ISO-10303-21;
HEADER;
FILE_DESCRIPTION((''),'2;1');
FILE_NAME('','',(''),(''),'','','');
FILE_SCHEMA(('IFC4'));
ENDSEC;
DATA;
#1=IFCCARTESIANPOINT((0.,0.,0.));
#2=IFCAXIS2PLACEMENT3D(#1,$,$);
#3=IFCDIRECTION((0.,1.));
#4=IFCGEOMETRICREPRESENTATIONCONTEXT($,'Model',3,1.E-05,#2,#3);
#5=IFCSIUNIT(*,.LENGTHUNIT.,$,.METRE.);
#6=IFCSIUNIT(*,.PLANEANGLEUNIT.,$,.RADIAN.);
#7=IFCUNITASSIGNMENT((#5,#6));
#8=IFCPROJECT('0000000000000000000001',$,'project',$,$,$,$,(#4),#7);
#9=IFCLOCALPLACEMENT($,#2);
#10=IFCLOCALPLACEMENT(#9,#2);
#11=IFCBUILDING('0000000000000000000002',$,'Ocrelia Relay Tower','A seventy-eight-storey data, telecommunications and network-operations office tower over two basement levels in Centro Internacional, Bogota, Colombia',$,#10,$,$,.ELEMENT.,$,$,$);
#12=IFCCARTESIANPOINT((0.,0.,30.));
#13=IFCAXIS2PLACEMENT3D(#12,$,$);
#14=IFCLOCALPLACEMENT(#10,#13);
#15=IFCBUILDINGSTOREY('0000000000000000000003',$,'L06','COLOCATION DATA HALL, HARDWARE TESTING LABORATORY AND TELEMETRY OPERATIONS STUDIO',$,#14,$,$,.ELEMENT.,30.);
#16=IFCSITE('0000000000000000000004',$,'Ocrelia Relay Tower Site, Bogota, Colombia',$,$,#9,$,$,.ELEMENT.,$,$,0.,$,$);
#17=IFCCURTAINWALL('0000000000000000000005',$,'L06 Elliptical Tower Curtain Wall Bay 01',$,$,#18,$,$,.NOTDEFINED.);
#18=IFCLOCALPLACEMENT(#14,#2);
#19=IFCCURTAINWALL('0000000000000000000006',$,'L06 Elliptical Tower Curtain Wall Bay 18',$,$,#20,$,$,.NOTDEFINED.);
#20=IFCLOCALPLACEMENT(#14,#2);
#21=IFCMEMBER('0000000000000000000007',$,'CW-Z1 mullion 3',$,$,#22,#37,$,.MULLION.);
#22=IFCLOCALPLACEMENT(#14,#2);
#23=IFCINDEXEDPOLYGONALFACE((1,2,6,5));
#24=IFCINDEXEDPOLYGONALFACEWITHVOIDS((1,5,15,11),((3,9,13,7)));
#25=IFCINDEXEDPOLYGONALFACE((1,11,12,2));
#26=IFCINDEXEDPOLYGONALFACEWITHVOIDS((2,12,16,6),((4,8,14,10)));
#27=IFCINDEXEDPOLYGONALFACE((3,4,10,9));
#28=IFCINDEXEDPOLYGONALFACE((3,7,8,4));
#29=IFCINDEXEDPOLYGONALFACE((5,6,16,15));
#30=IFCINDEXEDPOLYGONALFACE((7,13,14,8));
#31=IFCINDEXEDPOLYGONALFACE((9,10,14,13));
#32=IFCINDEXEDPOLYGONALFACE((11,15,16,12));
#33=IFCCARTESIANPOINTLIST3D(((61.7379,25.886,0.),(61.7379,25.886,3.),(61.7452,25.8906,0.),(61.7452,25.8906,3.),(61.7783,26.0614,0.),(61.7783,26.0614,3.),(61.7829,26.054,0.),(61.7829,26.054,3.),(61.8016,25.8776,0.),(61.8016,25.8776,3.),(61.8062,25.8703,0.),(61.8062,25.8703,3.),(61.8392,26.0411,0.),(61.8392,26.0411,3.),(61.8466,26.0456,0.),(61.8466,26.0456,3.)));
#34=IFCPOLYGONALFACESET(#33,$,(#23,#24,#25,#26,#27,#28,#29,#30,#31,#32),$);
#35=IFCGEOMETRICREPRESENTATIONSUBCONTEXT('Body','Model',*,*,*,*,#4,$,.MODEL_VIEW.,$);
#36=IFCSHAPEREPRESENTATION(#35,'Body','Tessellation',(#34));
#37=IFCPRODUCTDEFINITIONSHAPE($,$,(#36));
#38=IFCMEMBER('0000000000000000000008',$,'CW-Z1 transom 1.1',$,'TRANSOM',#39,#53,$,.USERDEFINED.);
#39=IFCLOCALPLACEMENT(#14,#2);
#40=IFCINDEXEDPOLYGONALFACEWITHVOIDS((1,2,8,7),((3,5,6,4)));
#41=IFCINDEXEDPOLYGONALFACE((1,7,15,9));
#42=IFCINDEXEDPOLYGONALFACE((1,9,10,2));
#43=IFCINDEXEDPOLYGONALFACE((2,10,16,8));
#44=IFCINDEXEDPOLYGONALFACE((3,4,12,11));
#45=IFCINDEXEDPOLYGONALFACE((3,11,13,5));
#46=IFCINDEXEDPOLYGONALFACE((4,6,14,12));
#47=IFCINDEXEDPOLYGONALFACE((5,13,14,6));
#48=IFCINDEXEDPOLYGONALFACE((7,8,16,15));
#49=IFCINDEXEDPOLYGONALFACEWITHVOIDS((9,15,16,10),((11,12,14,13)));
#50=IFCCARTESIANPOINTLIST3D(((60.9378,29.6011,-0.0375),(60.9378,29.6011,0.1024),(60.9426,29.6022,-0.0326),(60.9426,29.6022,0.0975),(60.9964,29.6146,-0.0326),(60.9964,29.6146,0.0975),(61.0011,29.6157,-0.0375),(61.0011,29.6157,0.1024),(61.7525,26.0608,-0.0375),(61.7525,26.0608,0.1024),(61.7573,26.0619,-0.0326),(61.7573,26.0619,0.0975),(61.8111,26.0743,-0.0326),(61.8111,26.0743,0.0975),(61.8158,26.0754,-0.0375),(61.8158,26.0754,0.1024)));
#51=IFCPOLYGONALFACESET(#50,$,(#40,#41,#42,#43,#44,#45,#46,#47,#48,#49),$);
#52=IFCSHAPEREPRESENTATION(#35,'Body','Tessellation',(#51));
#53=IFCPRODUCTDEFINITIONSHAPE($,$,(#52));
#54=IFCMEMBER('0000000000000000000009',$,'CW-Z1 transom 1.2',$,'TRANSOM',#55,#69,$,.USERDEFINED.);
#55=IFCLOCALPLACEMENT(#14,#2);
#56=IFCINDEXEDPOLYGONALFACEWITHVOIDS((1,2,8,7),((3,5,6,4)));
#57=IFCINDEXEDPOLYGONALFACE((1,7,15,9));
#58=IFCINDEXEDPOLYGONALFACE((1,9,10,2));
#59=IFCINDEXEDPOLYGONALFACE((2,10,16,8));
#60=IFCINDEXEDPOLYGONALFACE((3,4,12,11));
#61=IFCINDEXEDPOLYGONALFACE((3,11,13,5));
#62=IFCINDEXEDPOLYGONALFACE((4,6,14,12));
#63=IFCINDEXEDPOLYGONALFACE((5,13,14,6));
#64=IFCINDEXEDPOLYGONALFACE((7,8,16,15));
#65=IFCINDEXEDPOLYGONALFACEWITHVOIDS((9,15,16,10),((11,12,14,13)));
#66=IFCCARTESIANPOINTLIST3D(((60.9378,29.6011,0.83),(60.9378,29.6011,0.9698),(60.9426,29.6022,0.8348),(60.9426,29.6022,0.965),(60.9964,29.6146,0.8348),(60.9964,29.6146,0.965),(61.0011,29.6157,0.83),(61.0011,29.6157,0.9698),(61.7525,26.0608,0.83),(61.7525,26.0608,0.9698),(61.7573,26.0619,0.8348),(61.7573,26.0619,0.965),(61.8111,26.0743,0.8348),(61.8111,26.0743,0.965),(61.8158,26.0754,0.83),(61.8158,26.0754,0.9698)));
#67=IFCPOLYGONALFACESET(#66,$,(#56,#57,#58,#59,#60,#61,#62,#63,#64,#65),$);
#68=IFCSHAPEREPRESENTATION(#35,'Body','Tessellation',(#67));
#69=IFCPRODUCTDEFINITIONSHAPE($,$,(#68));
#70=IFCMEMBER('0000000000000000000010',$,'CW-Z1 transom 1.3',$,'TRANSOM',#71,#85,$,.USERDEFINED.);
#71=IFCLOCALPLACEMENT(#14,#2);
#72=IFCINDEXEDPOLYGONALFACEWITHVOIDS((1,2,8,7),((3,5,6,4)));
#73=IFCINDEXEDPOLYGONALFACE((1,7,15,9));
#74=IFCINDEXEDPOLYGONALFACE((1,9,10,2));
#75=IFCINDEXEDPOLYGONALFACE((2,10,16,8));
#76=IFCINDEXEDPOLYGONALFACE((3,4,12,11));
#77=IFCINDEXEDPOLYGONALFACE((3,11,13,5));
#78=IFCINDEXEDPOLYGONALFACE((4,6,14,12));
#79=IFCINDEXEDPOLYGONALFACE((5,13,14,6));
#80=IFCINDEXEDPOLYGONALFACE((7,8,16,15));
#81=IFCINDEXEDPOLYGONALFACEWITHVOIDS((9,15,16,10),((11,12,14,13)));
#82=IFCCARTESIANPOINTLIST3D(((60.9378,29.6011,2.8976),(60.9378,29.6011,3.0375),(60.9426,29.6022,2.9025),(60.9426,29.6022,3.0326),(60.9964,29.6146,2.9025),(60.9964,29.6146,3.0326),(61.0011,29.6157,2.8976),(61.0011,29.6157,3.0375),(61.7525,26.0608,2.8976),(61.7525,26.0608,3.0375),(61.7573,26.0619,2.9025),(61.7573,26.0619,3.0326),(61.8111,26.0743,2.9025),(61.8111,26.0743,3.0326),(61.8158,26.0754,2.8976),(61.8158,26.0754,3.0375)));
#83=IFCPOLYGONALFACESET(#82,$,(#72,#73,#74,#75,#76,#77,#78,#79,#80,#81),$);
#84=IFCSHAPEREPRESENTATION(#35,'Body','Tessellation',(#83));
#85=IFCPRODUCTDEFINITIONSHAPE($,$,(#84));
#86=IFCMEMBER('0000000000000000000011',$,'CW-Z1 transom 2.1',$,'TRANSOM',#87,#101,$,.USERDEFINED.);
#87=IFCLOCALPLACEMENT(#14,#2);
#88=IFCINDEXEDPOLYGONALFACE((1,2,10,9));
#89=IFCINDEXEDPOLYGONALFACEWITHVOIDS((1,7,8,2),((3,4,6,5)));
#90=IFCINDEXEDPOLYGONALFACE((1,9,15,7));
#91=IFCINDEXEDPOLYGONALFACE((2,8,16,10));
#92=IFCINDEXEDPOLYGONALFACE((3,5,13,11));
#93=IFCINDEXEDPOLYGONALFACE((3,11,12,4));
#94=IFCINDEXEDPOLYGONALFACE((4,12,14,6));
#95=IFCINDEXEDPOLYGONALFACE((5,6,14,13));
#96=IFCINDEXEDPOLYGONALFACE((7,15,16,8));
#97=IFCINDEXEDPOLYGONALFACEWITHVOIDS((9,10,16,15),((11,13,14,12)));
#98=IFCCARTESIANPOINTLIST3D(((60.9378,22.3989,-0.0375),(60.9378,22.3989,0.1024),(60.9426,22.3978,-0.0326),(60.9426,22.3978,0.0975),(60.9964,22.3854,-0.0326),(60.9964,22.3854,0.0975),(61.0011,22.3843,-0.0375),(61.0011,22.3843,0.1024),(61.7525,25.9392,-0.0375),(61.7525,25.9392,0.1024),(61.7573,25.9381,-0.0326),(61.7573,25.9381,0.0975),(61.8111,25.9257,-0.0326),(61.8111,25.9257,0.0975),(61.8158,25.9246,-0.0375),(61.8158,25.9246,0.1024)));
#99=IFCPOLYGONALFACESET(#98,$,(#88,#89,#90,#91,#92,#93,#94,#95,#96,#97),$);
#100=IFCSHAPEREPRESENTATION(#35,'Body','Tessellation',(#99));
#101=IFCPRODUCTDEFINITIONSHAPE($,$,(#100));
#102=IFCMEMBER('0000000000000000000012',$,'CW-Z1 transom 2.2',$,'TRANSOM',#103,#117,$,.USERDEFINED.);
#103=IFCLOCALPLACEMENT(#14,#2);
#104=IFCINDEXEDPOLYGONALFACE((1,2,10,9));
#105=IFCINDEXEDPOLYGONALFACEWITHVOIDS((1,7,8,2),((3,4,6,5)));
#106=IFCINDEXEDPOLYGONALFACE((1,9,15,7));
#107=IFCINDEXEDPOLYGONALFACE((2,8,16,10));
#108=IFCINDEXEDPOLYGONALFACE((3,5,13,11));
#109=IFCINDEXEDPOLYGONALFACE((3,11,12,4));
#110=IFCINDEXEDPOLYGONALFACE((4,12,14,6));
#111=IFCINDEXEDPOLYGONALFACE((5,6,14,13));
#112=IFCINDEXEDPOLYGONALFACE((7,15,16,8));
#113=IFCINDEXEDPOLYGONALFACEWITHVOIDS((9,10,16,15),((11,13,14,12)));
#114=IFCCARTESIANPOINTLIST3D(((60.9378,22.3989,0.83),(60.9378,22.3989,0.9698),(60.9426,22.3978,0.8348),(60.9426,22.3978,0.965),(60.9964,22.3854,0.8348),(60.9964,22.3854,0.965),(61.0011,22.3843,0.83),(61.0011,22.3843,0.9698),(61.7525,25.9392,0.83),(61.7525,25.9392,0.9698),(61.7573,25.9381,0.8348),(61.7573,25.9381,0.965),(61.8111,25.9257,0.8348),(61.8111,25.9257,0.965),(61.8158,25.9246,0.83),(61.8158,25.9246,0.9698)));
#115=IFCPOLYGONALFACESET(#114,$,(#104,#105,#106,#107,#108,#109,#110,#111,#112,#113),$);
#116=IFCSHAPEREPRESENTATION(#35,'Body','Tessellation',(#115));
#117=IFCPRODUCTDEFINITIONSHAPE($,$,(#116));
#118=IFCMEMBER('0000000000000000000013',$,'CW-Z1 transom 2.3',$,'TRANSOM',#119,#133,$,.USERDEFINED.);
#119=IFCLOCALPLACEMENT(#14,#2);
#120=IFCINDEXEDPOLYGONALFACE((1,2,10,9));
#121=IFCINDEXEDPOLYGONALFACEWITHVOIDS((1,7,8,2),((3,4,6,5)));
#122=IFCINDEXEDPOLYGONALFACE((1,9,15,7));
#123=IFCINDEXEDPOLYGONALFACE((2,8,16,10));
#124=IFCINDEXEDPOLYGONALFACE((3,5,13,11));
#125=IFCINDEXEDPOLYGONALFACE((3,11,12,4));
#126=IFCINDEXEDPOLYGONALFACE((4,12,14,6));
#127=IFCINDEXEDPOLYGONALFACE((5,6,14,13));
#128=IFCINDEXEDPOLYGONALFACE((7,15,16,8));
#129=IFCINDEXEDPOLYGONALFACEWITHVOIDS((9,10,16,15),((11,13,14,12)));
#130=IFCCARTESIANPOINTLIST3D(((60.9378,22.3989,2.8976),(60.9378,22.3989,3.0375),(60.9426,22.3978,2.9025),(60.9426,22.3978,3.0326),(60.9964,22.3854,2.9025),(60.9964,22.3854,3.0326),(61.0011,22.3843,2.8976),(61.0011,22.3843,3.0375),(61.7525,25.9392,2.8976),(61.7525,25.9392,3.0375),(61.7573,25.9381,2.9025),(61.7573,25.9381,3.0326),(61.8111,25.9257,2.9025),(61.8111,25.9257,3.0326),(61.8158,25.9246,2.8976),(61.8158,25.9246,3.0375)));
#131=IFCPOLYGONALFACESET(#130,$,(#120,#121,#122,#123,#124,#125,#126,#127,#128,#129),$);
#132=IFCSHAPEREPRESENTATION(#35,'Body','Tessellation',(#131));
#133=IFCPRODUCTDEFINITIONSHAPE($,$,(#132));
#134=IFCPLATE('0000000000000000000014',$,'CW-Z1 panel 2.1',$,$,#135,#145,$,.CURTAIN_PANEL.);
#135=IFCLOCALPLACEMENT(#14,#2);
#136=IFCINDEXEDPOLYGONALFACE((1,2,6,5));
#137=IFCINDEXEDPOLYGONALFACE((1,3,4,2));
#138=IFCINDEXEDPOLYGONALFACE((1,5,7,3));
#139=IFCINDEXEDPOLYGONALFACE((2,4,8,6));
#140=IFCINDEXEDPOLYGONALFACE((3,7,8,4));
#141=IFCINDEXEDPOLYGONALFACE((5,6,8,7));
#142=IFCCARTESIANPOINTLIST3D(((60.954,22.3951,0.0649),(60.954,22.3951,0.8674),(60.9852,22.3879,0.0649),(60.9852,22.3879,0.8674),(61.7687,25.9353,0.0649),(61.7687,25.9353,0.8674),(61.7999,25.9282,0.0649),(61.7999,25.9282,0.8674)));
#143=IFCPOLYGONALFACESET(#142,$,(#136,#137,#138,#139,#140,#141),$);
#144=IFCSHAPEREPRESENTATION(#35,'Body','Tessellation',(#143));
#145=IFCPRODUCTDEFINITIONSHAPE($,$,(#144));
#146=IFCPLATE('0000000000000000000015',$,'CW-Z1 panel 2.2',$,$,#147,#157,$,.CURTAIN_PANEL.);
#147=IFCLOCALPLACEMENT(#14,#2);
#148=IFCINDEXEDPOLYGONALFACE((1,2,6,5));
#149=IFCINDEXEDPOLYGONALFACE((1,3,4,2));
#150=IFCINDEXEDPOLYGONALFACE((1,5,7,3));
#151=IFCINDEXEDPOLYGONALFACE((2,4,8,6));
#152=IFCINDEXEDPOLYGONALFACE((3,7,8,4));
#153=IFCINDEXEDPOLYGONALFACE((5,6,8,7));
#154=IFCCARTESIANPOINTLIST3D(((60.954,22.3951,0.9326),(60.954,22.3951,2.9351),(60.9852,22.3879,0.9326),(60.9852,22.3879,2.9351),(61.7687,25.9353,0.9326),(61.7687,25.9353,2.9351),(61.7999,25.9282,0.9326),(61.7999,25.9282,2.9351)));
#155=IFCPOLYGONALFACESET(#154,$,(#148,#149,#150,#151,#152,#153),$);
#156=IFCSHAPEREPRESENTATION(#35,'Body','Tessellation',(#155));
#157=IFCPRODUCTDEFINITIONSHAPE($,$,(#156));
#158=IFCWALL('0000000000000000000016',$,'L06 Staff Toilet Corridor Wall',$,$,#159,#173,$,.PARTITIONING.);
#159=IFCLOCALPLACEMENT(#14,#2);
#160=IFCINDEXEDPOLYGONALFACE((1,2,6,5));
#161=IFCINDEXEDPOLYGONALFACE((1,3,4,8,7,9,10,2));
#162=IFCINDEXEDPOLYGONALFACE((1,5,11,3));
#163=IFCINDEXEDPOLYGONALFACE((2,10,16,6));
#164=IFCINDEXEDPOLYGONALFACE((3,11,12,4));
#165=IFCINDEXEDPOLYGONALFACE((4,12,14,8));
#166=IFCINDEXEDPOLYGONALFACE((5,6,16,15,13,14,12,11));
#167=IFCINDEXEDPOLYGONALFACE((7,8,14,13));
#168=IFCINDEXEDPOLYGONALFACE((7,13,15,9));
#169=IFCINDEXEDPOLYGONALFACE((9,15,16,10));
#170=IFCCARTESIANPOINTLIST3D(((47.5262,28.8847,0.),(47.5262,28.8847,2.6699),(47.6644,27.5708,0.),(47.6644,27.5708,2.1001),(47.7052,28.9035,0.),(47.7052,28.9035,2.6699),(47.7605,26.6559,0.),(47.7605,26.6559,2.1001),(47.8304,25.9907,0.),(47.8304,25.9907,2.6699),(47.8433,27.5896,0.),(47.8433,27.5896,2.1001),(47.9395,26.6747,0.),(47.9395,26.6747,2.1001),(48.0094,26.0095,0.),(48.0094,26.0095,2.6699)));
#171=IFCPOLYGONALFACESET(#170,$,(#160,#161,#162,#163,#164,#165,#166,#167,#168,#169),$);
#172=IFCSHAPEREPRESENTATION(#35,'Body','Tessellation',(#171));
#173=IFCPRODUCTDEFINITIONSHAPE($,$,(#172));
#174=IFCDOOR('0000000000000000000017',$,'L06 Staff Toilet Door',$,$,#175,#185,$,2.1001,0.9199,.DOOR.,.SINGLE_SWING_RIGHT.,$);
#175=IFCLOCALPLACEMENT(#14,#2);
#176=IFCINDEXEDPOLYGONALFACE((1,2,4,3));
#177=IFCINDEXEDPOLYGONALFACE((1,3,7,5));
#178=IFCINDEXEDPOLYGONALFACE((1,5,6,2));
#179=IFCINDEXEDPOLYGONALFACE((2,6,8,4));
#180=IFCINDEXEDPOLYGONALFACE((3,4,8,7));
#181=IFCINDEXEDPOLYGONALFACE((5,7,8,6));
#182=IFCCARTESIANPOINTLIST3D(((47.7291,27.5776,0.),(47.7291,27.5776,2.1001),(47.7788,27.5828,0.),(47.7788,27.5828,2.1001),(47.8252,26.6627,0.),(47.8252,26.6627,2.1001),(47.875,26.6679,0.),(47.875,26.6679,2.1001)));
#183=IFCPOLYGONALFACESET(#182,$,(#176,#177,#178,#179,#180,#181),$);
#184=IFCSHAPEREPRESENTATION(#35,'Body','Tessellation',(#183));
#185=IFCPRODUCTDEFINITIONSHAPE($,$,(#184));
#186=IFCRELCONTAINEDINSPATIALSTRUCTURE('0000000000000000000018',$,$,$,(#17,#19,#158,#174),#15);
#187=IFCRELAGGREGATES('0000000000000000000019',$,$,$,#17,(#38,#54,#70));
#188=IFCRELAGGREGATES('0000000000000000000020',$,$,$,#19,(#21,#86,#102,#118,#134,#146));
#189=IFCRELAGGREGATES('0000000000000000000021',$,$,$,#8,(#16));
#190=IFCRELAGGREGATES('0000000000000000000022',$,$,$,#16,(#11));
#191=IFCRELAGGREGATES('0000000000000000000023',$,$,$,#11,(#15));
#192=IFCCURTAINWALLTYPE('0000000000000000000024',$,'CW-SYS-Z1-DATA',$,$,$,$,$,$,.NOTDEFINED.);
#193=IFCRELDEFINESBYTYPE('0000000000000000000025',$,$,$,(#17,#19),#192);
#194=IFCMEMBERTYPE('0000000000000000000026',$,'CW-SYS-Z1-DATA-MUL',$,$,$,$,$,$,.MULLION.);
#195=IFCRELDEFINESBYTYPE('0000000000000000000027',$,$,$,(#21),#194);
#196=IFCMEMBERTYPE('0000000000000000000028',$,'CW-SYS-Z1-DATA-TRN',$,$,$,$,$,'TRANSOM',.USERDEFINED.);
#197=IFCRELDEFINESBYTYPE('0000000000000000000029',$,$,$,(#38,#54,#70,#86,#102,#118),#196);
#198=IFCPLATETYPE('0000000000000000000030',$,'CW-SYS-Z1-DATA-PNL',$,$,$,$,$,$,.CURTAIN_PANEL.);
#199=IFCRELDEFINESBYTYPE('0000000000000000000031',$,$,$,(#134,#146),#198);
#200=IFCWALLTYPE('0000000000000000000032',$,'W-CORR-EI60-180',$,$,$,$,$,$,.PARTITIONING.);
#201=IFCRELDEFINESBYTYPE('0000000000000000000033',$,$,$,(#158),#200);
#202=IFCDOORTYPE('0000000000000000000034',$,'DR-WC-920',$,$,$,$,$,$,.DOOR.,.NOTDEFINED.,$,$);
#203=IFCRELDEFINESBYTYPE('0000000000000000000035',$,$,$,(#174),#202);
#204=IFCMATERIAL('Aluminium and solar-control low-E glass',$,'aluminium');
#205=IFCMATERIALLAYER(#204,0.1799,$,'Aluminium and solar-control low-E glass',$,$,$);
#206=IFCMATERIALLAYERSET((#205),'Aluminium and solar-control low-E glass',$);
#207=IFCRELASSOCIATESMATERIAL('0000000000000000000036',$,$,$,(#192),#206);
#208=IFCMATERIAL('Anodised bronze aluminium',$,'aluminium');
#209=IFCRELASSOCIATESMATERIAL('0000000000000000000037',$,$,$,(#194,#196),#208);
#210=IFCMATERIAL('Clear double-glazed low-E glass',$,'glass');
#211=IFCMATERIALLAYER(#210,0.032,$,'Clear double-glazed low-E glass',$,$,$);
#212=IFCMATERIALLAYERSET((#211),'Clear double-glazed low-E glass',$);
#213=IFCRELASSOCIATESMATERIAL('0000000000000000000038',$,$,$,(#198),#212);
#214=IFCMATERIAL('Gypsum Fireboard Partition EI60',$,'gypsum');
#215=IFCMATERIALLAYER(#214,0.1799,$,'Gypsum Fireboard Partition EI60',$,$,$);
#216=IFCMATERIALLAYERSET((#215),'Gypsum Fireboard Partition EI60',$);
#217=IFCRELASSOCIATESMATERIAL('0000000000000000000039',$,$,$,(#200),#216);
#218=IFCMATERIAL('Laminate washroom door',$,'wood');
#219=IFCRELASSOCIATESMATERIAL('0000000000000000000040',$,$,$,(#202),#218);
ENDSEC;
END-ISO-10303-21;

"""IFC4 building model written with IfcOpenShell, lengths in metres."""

from ifc_helpers import new_model, si_unit, direction, frame, frame_2d, origin, origin_2d, place, context, subcontext, project, spatial, rectangle, hollow_rectangle, extrude, material, layer, layer_set, material_profile, profile_set, type_object, element, fill, aggregate, save


model = new_model("IFC4")

# Units and contexts
model_context = context("Model", 3, precision=1e-05, world=origin(), true_north=direction((0.0, 1.0)))
body_context = subcontext(model_context, "Body", "Model", "MODEL_VIEW")
ifc_project = project(units=[si_unit("LENGTHUNIT", "METRE"), si_unit("PLANEANGLEUNIT", "RADIAN")], contexts=[model_context])

# Site, building, storey
site_placement = place(None, origin())
site = spatial("IfcSite", under=ifc_project, at=site_placement, Name="Ocrelia Relay Tower Site, Bogota, Colombia", CompositionType="ELEMENT", RefElevation=0.0)
building_placement = place(site_placement, origin())
building = spatial("IfcBuilding", under=site, at=building_placement, Name="Ocrelia Relay Tower", Description="A seventy-eight-storey data, telecommunications and network-operations office tower over two basement levels in Centro Internacional, Bogota, Colombia", CompositionType="ELEMENT")
storey_placement = place(building_placement, frame((0.0, 0.0, 30.0)))
storey = spatial("IfcBuildingStorey", under=building, at=storey_placement, Name="L06", Description="COLOCATION DATA HALL, HARDWARE TESTING LABORATORY AND TELEMETRY OPERATIONS STUDIO", CompositionType="ELEMENT", Elevation=30.0)

# Curtain wall
ifc_material_1 = material(Name="Aluminium and solar-control low-E glass", Category="aluminium")
ifc_layer_1 = layer(ifc_material_1, 0.1799, Name="Aluminium and solar-control low-E glass")
ifc_layer_set_1 = layer_set([ifc_layer_1], Name="Aluminium and solar-control low-E glass")
curtain_wall_type = type_object("IfcCurtainWallType", Name="CW-SYS-Z1-DATA", PredefinedType="NOTDEFINED", material=ifc_layer_set_1)
curtain_wall_1_placement = place(storey_placement, origin())
curtain_wall_1 = element("IfcCurtainWall", 1, at=curtain_wall_1_placement, inside=storey, type_object=curtain_wall_type, Name="L06 Elliptical Tower Curtain Wall Bay 01", PredefinedType="NOTDEFINED")
ifc_material_2 = material(Name="Anodised bronze aluminium", Category="aluminium")
ifc_material_profile_1 = material_profile(ifc_material_2, hollow_rectangle(XDim=0.0701, YDim=0.1799, WallThickness=0.0061, at=origin_2d()), Name="CW-MUL-180x70")
ifc_profile_set_1 = profile_set([ifc_material_profile_1], Name="Anodised bronze aluminium")
member_type_1 = type_object("IfcMemberType", Name="CW-SYS-Z1-DATA-MUL", PredefinedType="MULLION", material=ifc_profile_set_1)

# Curtain wall, member
curtain_wall_2_placement = place(storey_placement, origin())
curtain_wall_2 = element("IfcCurtainWall", 2, at=curtain_wall_2_placement, inside=storey, type_object=curtain_wall_type, Name="L06 Elliptical Tower Curtain Wall Bay 18", PredefinedType="NOTDEFINED")
member_1_placement = place(storey_placement, frame((61.7922, 25.9658, 0.0), z_axis=(0.0, 0.0, 1.0), x_axis=(-0.974527, 0.224268, 0.0)))
member_1 = element("IfcMember", 3, at=member_1_placement, type_object=member_type_1, Name="CW-Z1 mullion 3", PredefinedType="MULLION", context=body_context, shape_type="SweptSolid", body=[
    extrude(hollow_rectangle(XDim=0.0701, YDim=0.1799, WallThickness=0.0061, at=origin_2d()), origin(), (0.0, 0.0, 1.0), 3.0),
])

# Members
ifc_material_profile_2 = material_profile(ifc_material_2, hollow_rectangle(XDim=0.0649, YDim=0.1399, WallThickness=0.0049, at=origin_2d()), Name="CW-TRN-140x65")
ifc_profile_set_2 = profile_set([ifc_material_profile_2], Name="Anodised bronze aluminium")
member_type_2 = type_object("IfcMemberType", Name="CW-SYS-Z1-DATA-TRN", ElementType="TRANSOM", PredefinedType="USERDEFINED", material=ifc_profile_set_2)
member_2_placement = place(storey_placement, frame((61.7842, 26.0681, 0.0325), z_axis=(-0.224261, 0.974529, 0.0), x_axis=(-0.974529, -0.224261, 0.0)))
member_2 = element("IfcMember", 4, at=member_2_placement, type_object=member_type_2, Name="CW-Z1 transom 1.1", ObjectType="TRANSOM", PredefinedType="USERDEFINED", context=body_context, shape_type="SweptSolid", body=[
    extrude(hollow_rectangle(XDim=0.0649, YDim=0.1399, WallThickness=0.0049, at=origin_2d()), origin(), (0.0, 0.0, 1.0), 3.6328),
])
member_3_placement = place(storey_placement, frame((61.7842, 26.0681, 0.8999), z_axis=(-0.224261, 0.974529, 0.0), x_axis=(-0.974529, -0.224261, 0.0)))
member_3 = element("IfcMember", 5, at=member_3_placement, type_object=member_type_2, Name="CW-Z1 transom 1.2", ObjectType="TRANSOM", PredefinedType="USERDEFINED", context=body_context, shape_type="SweptSolid", body=[
    extrude(hollow_rectangle(XDim=0.0649, YDim=0.1399, WallThickness=0.0049, at=origin_2d()), origin(), (0.0, 0.0, 1.0), 3.6328),
])
member_4_placement = place(storey_placement, frame((61.7842, 26.0681, 2.9675), z_axis=(-0.224261, 0.974529, 0.0), x_axis=(-0.974529, -0.224261, 0.0)))
member_4 = element("IfcMember", 6, at=member_4_placement, type_object=member_type_2, Name="CW-Z1 transom 1.3", ObjectType="TRANSOM", PredefinedType="USERDEFINED", context=body_context, shape_type="SweptSolid", body=[
    extrude(hollow_rectangle(XDim=0.0649, YDim=0.1399, WallThickness=0.0049, at=origin_2d()), origin(), (0.0, 0.0, 1.0), 3.6328),
])
aggregate(curtain_wall_1, [member_2, member_3, member_4])
member_5_placement = place(storey_placement, frame((60.9695, 22.3916, 0.0325), z_axis=(0.224261, 0.974529, 0.0), x_axis=(-0.974529, 0.224261, 0.0)))
member_5 = element("IfcMember", 7, at=member_5_placement, type_object=member_type_2, Name="CW-Z1 transom 2.1", ObjectType="TRANSOM", PredefinedType="USERDEFINED", context=body_context, shape_type="SweptSolid", body=[
    extrude(hollow_rectangle(XDim=0.0649, YDim=0.1399, WallThickness=0.0049, at=origin_2d()), origin(), (0.0, 0.0, 1.0), 3.6328),
])
member_6_placement = place(storey_placement, frame((60.9695, 22.3916, 0.8999), z_axis=(0.224261, 0.974529, 0.0), x_axis=(-0.974529, 0.224261, 0.0)))
member_6 = element("IfcMember", 8, at=member_6_placement, type_object=member_type_2, Name="CW-Z1 transom 2.2", ObjectType="TRANSOM", PredefinedType="USERDEFINED", context=body_context, shape_type="SweptSolid", body=[
    extrude(hollow_rectangle(XDim=0.0649, YDim=0.1399, WallThickness=0.0049, at=origin_2d()), origin(), (0.0, 0.0, 1.0), 3.6328),
])
member_7_placement = place(storey_placement, frame((60.9695, 22.3916, 2.9675), z_axis=(0.224261, 0.974529, 0.0), x_axis=(-0.974529, 0.224261, 0.0)))
member_7 = element("IfcMember", 9, at=member_7_placement, type_object=member_type_2, Name="CW-Z1 transom 2.3", ObjectType="TRANSOM", PredefinedType="USERDEFINED", context=body_context, shape_type="SweptSolid", body=[
    extrude(hollow_rectangle(XDim=0.0649, YDim=0.1399, WallThickness=0.0049, at=origin_2d()), origin(), (0.0, 0.0, 1.0), 3.6328),
])

# Plates
ifc_material_3 = material(Name="Clear double-glazed low-E glass", Category="glass")
ifc_layer_2 = layer(ifc_material_3, 0.032, Name="Clear double-glazed low-E glass")
ifc_layer_set_2 = layer_set([ifc_layer_2], Name="Clear double-glazed low-E glass")
plate_type = type_object("IfcPlateType", Name="CW-SYS-Z1-DATA-PNL", PredefinedType="CURTAIN_PANEL", material=ifc_layer_set_2)
plate_1_placement = place(storey_placement, frame((61.377, 24.1616, 0.0649), z_axis=(0.0, 0.0, 1.0), x_axis=(0.224268, 0.974527, 0.0)))
plate_1 = element("IfcPlate", 10, at=plate_1_placement, type_object=plate_type, Name="CW-Z1 panel 2.1", PredefinedType="CURTAIN_PANEL", context=body_context, shape_type="SweptSolid", body=[
    extrude(rectangle(XDim=3.6328, YDim=0.032, at=origin_2d()), origin(), (0.0, 0.0, 1.0), 0.8025),
])
plate_2_placement = place(storey_placement, frame((61.377, 24.1616, 0.9326), z_axis=(0.0, 0.0, 1.0), x_axis=(0.224268, 0.974527, 0.0)))
plate_2 = element("IfcPlate", 11, at=plate_2_placement, type_object=plate_type, Name="CW-Z1 panel 2.2", PredefinedType="CURTAIN_PANEL", context=body_context, shape_type="SweptSolid", body=[
    extrude(rectangle(XDim=3.6328, YDim=0.032, at=origin_2d()), origin(), (0.0, 0.0, 1.0), 2.0024),
])
aggregate(curtain_wall_2, [member_1, member_5, member_6, member_7, plate_1, plate_2])

# Wall, opening, door
ifc_material_4 = material(Name="Gypsum Fireboard Partition EI60", Category="gypsum")
ifc_layer_3 = layer(ifc_material_4, 0.1799, Name="Gypsum Fireboard Partition EI60")
ifc_layer_set_3 = layer_set([ifc_layer_3], Name="Gypsum Fireboard Partition EI60")
wall_type_1 = type_object("IfcWallType", Name="W-CORR-EI60-180", PredefinedType="PARTITIONING", material=ifc_layer_set_3)
wall_1_placement = place(storey_placement, frame((47.9199, 26.0, 0.0), z_axis=(0.0, 0.0, 1.0), x_axis=(-0.104536, 0.994521, 0.0)))
wall_1 = element("IfcWall", 12, at=wall_1_placement, inside=storey, type_object=wall_type_1, Name="L06 Staff Toilet Corridor Wall", PredefinedType="PARTITIONING", context=body_context, shape_type="SweptSolid", body=[
    extrude(rectangle(XDim=2.9099, YDim=0.1799, at=frame_2d((1.4551, 0.0))), origin(), (0.0, 0.0, 1.0), 2.6699),
])
opening_placement = place(wall_1_placement, frame((0.6689, 0.0, 0.0)))
opening = element("IfcOpeningElement", 13, at=opening_placement, cuts=wall_1, PredefinedType="OPENING", context=body_context, shape_type="SweptSolid", body=[
    extrude(rectangle(XDim=0.9199, YDim=2.1001, at=frame_2d((0.46, 1.05))), frame((0.0, 0.1001, 0.0), z_axis=(0.0, -1.0, 0.0), x_axis=(1.0, 0.0, 0.0)), (0.0, 0.0, 1.0), 0.2),
])
ifc_material_5 = material(Name="Laminate washroom door", Category="wood")
door_type = type_object("IfcDoorType", Name="DR-WC-920", OperationType="NOTDEFINED", PredefinedType="DOOR", material=ifc_material_5)
door_placement = place(opening_placement, origin())
door = element("IfcDoor", 14, at=door_placement, inside=storey, type_object=door_type, Name="L06 Staff Toilet Door", OperationType="SINGLE_SWING_RIGHT", OverallHeight=2.1001, OverallWidth=0.9199, PredefinedType="DOOR", context=body_context, shape_type="SweptSolid", body=[
    extrude(rectangle(XDim=0.9199, YDim=2.1001, at=frame_2d((0.46, 1.05))), frame((0.0, 0.0249, 0.0), z_axis=(0.0, -1.0, 0.0), x_axis=(1.0, 0.0, 0.0)), (0.0, 0.0, 1.0), 0.05),
])
fill(opening, door)

save(model, "model.ifc")
